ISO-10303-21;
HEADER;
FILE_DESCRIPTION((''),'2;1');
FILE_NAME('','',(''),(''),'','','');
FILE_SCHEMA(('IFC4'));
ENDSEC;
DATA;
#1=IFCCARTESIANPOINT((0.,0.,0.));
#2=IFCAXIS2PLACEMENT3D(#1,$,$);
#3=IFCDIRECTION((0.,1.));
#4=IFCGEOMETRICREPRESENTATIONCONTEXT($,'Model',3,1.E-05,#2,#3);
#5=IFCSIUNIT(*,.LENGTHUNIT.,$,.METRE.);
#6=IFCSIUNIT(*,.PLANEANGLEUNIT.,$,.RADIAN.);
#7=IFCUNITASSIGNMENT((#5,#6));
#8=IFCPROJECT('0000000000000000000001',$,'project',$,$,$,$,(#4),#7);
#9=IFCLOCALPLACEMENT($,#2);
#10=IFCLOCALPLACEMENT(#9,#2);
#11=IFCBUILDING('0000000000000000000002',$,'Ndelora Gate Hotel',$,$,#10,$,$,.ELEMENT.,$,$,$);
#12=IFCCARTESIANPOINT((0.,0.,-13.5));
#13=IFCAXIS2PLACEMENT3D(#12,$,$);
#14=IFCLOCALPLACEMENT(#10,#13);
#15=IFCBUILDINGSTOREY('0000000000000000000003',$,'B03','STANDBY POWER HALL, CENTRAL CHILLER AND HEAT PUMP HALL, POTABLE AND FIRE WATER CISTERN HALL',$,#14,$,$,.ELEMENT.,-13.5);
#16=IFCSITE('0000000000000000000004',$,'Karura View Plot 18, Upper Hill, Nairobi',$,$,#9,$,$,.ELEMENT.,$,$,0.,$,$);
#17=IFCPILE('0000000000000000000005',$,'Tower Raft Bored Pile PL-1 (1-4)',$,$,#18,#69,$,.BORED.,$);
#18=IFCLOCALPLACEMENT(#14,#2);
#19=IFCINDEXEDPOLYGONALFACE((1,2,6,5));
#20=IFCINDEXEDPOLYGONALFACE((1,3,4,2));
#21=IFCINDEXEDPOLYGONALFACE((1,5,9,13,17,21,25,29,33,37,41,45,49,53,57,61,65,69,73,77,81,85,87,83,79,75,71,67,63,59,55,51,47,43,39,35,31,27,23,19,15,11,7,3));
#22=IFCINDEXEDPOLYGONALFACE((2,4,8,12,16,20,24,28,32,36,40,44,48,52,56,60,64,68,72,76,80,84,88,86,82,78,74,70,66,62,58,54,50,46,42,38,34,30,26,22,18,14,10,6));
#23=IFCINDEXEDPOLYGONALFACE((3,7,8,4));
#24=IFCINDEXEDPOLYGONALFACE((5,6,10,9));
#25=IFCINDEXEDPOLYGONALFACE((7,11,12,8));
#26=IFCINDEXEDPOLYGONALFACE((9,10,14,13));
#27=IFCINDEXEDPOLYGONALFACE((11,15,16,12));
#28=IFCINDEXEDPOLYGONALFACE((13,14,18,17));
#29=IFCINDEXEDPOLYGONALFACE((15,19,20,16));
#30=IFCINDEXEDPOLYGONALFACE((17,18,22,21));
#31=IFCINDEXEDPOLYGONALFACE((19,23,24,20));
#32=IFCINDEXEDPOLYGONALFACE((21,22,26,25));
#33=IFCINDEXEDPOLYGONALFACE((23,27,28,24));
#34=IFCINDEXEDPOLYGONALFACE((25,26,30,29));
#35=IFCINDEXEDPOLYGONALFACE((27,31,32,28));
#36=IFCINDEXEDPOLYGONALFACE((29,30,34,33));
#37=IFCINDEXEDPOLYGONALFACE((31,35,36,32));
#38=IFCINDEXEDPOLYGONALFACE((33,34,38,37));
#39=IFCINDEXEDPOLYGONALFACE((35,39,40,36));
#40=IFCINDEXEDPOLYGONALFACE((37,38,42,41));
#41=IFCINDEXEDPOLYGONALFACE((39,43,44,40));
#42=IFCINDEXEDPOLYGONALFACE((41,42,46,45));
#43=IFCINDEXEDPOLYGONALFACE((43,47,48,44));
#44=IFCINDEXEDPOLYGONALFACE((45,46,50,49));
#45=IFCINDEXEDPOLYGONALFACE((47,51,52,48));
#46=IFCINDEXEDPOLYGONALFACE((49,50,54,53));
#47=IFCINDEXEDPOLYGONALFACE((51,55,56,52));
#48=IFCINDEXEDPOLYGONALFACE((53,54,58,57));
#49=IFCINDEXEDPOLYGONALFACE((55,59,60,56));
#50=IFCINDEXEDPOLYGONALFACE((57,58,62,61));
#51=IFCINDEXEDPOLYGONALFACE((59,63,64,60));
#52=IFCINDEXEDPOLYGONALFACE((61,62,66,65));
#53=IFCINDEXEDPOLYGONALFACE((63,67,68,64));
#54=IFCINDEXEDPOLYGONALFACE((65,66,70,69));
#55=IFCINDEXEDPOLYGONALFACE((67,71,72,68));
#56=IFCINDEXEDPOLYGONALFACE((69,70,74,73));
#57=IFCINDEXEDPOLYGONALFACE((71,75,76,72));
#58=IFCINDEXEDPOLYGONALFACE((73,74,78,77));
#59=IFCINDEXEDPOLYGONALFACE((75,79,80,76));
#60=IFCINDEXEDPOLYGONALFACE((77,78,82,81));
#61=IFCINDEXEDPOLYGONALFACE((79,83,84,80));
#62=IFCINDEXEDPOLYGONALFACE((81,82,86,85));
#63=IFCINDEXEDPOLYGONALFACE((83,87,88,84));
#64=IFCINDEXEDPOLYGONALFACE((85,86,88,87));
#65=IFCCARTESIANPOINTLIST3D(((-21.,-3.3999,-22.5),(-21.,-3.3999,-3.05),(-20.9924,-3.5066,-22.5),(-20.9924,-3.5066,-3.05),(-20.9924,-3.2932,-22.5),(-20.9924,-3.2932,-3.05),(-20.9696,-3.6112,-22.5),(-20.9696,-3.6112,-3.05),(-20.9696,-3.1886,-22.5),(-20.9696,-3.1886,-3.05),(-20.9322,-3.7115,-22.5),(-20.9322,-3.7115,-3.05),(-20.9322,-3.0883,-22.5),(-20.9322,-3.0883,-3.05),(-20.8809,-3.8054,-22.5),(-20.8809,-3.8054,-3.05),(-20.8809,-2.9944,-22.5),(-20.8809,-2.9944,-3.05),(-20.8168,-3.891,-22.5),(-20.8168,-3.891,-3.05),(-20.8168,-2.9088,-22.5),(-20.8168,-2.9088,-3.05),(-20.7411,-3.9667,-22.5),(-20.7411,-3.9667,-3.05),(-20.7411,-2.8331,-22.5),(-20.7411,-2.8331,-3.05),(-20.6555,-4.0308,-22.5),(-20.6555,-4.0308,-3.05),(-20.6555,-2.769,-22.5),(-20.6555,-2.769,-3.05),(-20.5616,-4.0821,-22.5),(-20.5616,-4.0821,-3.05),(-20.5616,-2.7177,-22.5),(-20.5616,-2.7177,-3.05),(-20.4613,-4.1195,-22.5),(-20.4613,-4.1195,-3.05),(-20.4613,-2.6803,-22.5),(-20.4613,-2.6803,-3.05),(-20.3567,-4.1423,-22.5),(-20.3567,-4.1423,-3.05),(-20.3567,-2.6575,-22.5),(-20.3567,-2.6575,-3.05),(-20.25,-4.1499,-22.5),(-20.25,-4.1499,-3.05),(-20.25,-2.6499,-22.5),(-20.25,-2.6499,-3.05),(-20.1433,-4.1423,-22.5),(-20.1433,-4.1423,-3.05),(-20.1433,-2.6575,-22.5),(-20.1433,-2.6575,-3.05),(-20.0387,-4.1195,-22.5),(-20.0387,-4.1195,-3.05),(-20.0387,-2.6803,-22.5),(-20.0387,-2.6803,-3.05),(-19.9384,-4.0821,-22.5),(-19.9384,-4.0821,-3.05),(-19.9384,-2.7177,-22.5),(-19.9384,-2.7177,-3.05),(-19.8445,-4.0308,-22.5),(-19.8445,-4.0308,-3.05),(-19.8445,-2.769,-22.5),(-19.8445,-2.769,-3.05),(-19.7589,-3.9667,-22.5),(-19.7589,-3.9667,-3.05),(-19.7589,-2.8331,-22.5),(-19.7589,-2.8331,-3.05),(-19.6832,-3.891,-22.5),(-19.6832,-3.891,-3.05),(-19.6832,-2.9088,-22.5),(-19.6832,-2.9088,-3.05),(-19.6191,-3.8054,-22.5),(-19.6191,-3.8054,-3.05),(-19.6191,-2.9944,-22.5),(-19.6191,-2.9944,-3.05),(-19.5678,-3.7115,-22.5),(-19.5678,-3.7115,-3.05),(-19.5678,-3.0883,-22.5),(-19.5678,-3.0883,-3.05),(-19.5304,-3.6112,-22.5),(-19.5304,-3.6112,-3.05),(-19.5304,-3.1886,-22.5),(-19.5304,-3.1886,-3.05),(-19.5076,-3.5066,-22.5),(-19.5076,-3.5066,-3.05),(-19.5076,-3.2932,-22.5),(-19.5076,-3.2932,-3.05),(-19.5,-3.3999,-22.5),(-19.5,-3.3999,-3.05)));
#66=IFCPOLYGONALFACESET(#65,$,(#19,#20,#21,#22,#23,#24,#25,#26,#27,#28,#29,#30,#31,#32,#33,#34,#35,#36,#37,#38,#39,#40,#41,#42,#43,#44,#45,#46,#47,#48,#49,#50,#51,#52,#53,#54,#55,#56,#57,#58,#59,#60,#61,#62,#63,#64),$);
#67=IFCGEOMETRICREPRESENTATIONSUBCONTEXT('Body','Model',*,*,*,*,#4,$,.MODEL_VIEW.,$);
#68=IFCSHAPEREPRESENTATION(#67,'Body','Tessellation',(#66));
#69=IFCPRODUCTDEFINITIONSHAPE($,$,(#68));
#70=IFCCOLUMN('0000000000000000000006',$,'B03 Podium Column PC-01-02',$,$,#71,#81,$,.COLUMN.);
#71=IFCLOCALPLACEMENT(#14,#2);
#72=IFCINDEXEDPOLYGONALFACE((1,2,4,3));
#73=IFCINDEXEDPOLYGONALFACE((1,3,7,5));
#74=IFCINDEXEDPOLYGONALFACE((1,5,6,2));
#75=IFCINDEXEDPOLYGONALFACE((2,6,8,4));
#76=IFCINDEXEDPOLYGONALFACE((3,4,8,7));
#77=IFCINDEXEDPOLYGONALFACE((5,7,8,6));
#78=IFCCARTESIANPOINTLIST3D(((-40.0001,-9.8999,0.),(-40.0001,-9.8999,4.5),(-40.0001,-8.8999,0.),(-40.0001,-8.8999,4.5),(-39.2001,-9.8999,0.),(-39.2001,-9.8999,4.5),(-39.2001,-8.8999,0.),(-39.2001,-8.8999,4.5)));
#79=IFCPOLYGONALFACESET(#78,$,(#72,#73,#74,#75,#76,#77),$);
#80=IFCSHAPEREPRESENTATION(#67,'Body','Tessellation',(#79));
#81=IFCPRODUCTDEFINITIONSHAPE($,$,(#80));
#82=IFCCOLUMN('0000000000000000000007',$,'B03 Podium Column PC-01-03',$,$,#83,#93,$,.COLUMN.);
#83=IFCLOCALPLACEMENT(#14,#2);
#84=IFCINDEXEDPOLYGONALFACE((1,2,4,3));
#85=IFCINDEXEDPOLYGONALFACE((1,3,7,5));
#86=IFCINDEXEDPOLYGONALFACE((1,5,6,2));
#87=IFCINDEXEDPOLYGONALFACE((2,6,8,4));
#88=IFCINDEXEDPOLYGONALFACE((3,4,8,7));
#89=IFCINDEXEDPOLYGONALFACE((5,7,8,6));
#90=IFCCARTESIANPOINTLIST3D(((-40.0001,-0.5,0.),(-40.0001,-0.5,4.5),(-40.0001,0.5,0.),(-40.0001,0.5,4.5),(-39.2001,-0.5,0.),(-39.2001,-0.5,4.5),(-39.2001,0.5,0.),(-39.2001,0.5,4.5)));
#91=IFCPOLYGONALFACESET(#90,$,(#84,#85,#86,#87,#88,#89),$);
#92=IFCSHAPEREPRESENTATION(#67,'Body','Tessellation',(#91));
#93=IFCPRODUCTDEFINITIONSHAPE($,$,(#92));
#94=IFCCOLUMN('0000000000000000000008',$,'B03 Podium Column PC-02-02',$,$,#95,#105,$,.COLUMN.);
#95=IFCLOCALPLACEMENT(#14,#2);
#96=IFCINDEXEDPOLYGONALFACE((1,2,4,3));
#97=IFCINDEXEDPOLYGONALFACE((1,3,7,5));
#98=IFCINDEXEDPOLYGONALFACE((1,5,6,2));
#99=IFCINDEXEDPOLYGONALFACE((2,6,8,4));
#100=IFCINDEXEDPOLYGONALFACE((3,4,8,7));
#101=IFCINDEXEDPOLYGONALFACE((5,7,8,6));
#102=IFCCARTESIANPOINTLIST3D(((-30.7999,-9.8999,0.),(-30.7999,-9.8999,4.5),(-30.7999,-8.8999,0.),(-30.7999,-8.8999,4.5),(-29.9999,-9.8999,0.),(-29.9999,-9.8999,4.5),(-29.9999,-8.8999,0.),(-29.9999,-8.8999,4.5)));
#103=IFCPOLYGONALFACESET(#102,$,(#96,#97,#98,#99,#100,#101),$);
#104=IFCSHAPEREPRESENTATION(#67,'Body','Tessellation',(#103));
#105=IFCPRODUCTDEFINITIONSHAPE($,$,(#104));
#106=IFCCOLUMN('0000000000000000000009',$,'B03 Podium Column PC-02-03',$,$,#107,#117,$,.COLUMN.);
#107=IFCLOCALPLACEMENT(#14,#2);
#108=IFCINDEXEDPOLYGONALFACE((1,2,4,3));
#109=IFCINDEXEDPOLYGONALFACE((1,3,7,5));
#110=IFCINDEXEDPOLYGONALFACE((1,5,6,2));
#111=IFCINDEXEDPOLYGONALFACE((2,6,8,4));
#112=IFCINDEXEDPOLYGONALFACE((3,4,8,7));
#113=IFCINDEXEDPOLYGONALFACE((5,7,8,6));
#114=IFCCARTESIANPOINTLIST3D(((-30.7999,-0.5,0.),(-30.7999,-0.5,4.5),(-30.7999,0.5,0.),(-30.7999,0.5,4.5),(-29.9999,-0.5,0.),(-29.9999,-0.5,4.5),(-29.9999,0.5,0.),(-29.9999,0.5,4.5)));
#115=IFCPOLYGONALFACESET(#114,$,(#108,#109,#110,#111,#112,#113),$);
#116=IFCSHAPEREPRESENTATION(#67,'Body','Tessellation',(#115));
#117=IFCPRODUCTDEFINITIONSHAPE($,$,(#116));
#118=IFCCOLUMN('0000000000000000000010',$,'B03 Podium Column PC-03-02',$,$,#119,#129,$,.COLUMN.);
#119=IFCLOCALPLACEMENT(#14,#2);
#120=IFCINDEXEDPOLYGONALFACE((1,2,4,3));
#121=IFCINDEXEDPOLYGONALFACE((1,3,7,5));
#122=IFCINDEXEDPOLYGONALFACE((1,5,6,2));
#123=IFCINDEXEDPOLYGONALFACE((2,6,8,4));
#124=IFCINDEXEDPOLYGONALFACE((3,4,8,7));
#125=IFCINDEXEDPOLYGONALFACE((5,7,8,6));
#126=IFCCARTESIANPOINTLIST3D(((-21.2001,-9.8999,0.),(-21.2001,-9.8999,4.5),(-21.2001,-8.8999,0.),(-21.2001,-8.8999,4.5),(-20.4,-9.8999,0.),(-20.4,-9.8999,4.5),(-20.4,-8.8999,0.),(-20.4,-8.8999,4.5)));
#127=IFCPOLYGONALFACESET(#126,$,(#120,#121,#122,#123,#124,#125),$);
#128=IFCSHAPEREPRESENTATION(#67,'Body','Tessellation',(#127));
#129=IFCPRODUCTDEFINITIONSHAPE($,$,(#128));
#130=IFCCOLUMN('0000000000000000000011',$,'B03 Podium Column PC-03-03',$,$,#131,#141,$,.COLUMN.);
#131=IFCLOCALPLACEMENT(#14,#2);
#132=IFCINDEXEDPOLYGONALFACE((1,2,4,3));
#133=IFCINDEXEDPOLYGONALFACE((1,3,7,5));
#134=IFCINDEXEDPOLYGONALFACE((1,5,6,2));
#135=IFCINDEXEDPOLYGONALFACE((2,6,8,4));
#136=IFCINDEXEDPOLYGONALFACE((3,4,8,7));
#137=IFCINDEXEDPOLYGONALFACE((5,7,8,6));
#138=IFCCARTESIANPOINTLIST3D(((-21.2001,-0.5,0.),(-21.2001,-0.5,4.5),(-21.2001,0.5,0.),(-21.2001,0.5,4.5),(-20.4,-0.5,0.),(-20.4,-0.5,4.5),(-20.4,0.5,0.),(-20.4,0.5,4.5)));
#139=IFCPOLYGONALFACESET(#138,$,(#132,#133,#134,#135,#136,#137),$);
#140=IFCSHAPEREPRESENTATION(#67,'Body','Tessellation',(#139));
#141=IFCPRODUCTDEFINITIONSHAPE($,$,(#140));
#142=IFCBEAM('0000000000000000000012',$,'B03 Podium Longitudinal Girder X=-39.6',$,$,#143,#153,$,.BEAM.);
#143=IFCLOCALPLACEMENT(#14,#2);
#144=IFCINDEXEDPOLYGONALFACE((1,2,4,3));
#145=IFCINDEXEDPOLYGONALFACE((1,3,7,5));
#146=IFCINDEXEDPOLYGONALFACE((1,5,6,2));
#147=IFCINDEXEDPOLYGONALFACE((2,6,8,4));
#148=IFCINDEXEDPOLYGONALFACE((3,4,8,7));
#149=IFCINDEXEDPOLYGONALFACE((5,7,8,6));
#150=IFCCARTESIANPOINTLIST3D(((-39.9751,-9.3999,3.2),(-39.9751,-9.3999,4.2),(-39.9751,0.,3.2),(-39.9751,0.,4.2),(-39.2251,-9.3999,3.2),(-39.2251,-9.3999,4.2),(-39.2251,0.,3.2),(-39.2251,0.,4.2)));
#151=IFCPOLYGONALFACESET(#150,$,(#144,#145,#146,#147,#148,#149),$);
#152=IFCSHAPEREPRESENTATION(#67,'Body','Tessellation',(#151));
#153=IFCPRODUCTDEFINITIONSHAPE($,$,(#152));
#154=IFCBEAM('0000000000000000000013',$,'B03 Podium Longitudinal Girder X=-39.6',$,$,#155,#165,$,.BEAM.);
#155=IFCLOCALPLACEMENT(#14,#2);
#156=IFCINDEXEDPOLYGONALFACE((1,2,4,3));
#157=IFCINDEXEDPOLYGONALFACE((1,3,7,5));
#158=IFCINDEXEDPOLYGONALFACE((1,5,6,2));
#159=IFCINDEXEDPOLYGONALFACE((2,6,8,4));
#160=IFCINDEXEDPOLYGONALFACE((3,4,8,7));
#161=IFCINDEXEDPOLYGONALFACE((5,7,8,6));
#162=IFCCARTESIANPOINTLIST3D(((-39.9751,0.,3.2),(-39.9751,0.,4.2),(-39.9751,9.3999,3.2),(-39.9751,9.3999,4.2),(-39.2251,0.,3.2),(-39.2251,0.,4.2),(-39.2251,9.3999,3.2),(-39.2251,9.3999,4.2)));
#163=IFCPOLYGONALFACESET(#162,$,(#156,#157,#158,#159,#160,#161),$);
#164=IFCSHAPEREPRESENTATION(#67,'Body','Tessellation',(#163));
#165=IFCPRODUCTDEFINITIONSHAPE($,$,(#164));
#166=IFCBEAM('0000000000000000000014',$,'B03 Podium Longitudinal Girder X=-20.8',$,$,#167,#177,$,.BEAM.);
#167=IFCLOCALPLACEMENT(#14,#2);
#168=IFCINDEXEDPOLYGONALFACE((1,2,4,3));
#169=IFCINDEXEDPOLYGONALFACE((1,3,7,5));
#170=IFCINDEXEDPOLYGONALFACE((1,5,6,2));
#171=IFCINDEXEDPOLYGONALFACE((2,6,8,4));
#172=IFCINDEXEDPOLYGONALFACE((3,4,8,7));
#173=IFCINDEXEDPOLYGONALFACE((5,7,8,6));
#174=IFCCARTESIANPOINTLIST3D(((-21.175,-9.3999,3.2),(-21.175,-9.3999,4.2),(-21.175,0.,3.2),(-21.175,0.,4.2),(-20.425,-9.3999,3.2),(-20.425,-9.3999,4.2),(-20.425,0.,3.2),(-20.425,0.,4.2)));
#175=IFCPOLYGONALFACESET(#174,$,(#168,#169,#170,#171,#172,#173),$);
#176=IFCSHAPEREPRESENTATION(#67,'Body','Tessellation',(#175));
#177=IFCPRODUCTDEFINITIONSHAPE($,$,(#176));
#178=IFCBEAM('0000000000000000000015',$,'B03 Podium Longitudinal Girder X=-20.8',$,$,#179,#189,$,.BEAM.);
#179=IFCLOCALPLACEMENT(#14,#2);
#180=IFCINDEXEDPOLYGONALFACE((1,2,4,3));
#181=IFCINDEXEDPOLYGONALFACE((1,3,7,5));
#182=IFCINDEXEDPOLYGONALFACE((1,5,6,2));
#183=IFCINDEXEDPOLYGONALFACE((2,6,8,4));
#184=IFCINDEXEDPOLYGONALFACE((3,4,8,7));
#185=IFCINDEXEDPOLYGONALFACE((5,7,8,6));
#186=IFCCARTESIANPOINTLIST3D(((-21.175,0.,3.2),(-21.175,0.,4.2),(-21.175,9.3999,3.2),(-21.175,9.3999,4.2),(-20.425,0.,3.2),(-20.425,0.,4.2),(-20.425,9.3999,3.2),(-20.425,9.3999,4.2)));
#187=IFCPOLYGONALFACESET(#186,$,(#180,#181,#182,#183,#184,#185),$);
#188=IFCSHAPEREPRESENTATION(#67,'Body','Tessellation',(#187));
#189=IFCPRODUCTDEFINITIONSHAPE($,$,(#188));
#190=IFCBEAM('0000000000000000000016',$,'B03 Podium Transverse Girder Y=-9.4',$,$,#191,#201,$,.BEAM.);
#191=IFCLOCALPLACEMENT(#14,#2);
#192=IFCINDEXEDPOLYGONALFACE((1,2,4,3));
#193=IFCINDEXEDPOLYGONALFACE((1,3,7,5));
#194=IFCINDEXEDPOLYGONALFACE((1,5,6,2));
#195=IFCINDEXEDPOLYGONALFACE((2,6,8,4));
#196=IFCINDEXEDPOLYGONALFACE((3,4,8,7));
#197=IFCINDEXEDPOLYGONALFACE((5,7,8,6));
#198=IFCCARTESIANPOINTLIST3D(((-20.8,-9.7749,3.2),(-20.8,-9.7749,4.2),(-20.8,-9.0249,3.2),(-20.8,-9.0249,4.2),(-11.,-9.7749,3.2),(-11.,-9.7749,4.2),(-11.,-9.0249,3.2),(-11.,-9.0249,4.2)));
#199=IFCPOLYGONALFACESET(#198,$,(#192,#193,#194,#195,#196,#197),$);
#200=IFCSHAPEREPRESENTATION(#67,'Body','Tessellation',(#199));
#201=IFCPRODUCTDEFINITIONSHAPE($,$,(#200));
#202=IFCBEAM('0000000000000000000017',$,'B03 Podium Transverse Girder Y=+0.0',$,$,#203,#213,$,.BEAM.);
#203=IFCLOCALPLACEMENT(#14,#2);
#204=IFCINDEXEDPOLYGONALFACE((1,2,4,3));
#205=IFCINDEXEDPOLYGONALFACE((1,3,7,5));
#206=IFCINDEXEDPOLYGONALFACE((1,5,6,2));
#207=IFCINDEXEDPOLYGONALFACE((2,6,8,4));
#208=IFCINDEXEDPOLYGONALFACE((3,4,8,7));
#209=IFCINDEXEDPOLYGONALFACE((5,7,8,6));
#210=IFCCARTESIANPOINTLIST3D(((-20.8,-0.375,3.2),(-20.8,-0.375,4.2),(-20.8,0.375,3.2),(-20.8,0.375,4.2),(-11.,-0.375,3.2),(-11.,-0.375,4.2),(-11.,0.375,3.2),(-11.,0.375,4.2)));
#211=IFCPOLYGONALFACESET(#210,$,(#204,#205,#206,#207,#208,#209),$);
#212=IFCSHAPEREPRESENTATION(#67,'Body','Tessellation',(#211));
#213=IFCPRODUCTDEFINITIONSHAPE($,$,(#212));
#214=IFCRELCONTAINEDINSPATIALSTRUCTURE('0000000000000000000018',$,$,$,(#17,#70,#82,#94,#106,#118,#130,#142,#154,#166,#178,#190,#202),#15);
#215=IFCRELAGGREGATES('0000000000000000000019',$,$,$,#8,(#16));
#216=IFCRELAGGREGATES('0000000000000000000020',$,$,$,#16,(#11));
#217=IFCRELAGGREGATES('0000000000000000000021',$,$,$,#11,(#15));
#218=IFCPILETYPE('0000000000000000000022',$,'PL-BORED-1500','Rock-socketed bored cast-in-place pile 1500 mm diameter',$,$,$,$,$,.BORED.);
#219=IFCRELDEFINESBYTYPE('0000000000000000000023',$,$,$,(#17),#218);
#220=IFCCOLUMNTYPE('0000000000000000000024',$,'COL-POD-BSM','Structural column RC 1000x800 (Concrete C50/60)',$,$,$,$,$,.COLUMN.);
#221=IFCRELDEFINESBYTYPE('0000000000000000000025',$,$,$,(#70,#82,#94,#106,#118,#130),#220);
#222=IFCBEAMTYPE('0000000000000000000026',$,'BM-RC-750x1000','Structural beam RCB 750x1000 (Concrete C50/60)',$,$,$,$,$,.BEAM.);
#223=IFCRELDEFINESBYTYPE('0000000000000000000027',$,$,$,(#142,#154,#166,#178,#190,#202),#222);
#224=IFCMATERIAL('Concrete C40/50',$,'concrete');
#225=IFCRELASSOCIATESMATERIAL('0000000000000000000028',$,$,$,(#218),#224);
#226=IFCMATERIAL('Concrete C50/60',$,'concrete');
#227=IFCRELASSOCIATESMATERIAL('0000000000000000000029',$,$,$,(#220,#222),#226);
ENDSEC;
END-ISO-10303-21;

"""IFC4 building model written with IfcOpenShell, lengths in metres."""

from ifc_helpers import new_model, si_unit, direction, frame, origin, origin_2d, place, context, subcontext, project, spatial, rectangle, circle, extrude, material, material_profile, profile_set, type_object, element, save


model = new_model("IFC4")

# Units and contexts
model_context = context("Model", 3, precision=1e-05, world=origin(), true_north=direction((0.0, 1.0)))
body_context = subcontext(model_context, "Body", "Model", "MODEL_VIEW")
ifc_project = project(units=[si_unit("LENGTHUNIT", "METRE"), si_unit("PLANEANGLEUNIT", "RADIAN")], contexts=[model_context])

# Site, building, storey
site_placement = place(None, origin())
site = spatial("IfcSite", under=ifc_project, at=site_placement, Name="Karura View Plot 18, Upper Hill, Nairobi", CompositionType="ELEMENT", RefElevation=0.0)
building_placement = place(site_placement, origin())
building = spatial("IfcBuilding", under=site, at=building_placement, Name="Ndelora Gate Hotel", CompositionType="ELEMENT")
storey_placement = place(building_placement, frame((0.0, 0.0, -13.5)))
storey = spatial("IfcBuildingStorey", under=building, at=storey_placement, Name="B03", Description="STANDBY POWER HALL, CENTRAL CHILLER AND HEAT PUMP HALL, POTABLE AND FIRE WATER CISTERN HALL", CompositionType="ELEMENT", Elevation=-13.5)

# Shared definitions
ifc_material_1 = material(Name="Concrete C50/60", Category="concrete")
ifc_material_2 = material(Name="Concrete C40/50", Category="concrete")

# Pile
ifc_material_profile_1 = material_profile(ifc_material_2, circle(Radius=0.75, at=origin_2d()), Name="PILE D1500")
ifc_profile_set_1 = profile_set([ifc_material_profile_1], Name="Concrete C40/50")
pile_type_1 = type_object("IfcPileType", Name="PL-BORED-1500", Description="Rock-socketed bored cast-in-place pile 1500 mm diameter", PredefinedType="BORED", material=ifc_profile_set_1)
for number, where, z_axis, x_axis, name in (
    (1, (-20.25, -3.3999, -3.05), (0.0, 0.0, -1.0), (1.0, 0.0, 0.0), "Tower Raft Bored Pile PL-1 (1-4)"),
):
    element("IfcPile", number, at=place(storey_placement, frame(where, z_axis=z_axis, x_axis=x_axis)), inside=storey, type_object=pile_type_1, Name=name, PredefinedType="BORED", context=body_context, shape_type="SweptSolid", body=[
        extrude(circle(Radius=0.75, at=origin_2d()), origin(), (0.0, 0.0, 1.0), 19.45),
    ])

# Columns
ifc_material_profile_2 = material_profile(ifc_material_1, rectangle(XDim=0.8, YDim=1.0, at=origin_2d()), Name="RC 1000x800")
ifc_profile_set_2 = profile_set([ifc_material_profile_2], Name="Concrete C50/60")
column_type = type_object("IfcColumnType", Name="COL-POD-BSM", Description="Structural column RC 1000x800 (Concrete C50/60)", PredefinedType="COLUMN", material=ifc_profile_set_2)
for number, where, z_axis, x_axis, name in (
    (2, (-39.6001, -9.3999, 0.0), (0.0, 0.0, 1.0), (1.0, 0.0, 0.0), "B03 Podium Column PC-01-02"),
    (3, (-39.6001, 0.0, 0.0), (0.0, 0.0, 1.0), (1.0, 0.0, 0.0), "B03 Podium Column PC-01-03"),
    (4, (-30.3999, -9.3999, 0.0), (0.0, 0.0, 1.0), (1.0, 0.0, 0.0), "B03 Podium Column PC-02-02"),
    (5, (-30.3999, 0.0, 0.0), (0.0, 0.0, 1.0), (1.0, 0.0, 0.0), "B03 Podium Column PC-02-03"),
    (6, (-20.8, -9.3999, 0.0), (0.0, 0.0, 1.0), (1.0, 0.0, 0.0), "B03 Podium Column PC-03-02"),
    (7, (-20.8, 0.0, 0.0), (0.0, 0.0, 1.0), (1.0, 0.0, 0.0), "B03 Podium Column PC-03-03"),
):
    element("IfcColumn", number, at=place(storey_placement, frame(where, z_axis=z_axis, x_axis=x_axis)), inside=storey, type_object=column_type, Name=name, PredefinedType="COLUMN", context=body_context, shape_type="SweptSolid", body=[
        extrude(rectangle(XDim=0.8, YDim=1.0, at=origin_2d()), origin(), (0.0, 0.0, 1.0), 4.5),
    ])

# Beams
ifc_material_profile_3 = material_profile(ifc_material_1, rectangle(XDim=0.75, YDim=1.0, at=origin_2d()), Name="RCB 750x1000")
ifc_profile_set_3 = profile_set([ifc_material_profile_3], Name="Concrete C50/60")
beam_type = type_object("IfcBeamType", Name="BM-RC-750x1000", Description="Structural beam RCB 750x1000 (Concrete C50/60)", PredefinedType="BEAM", material=ifc_profile_set_3)
for number, where, z_axis, x_axis, name in (
    (8, (-39.6001, -9.3999, 3.7), (0.0, 1.0, 0.0), (-1.0, 0.0, 0.0), "B03 Podium Longitudinal Girder X=-39.6"),
    (9, (-39.6001, 0.0, 3.7), (0.0, 1.0, 0.0), (-1.0, 0.0, 0.0), "B03 Podium Longitudinal Girder X=-39.6"),
    (10, (-20.8, -9.3999, 3.7), (0.0, 1.0, 0.0), (-1.0, 0.0, 0.0), "B03 Podium Longitudinal Girder X=-20.8"),
    (11, (-20.8, 0.0, 3.7), (0.0, 1.0, 0.0), (-1.0, 0.0, 0.0), "B03 Podium Longitudinal Girder X=-20.8"),
):
    element("IfcBeam", number, at=place(storey_placement, frame(where, z_axis=z_axis, x_axis=x_axis)), inside=storey, type_object=beam_type, Name=name, PredefinedType="BEAM", context=body_context, shape_type="SweptSolid", body=[
        extrude(rectangle(XDim=0.75, YDim=1.0, at=origin_2d()), origin(), (0.0, 0.0, 1.0), 9.3999),
    ])
for number, where, z_axis, x_axis, name in (
    (12, (-20.8, -9.3999, 3.7), (1.0, 0.0, 0.0), (0.0, 1.0, 0.0), "B03 Podium Transverse Girder Y=-9.4"),
    (13, (-20.8, 0.0, 3.7), (1.0, 0.0, 0.0), (0.0, 1.0, 0.0), "B03 Podium Transverse Girder Y=+0.0"),
):
    element("IfcBeam", number, at=place(storey_placement, frame(where, z_axis=z_axis, x_axis=x_axis)), inside=storey, type_object=beam_type, Name=name, PredefinedType="BEAM", context=body_context, shape_type="SweptSolid", body=[
        extrude(rectangle(XDim=0.75, YDim=1.0, at=origin_2d()), origin(), (0.0, 0.0, 1.0), 9.8),
    ])

save(model, "model.ifc")
